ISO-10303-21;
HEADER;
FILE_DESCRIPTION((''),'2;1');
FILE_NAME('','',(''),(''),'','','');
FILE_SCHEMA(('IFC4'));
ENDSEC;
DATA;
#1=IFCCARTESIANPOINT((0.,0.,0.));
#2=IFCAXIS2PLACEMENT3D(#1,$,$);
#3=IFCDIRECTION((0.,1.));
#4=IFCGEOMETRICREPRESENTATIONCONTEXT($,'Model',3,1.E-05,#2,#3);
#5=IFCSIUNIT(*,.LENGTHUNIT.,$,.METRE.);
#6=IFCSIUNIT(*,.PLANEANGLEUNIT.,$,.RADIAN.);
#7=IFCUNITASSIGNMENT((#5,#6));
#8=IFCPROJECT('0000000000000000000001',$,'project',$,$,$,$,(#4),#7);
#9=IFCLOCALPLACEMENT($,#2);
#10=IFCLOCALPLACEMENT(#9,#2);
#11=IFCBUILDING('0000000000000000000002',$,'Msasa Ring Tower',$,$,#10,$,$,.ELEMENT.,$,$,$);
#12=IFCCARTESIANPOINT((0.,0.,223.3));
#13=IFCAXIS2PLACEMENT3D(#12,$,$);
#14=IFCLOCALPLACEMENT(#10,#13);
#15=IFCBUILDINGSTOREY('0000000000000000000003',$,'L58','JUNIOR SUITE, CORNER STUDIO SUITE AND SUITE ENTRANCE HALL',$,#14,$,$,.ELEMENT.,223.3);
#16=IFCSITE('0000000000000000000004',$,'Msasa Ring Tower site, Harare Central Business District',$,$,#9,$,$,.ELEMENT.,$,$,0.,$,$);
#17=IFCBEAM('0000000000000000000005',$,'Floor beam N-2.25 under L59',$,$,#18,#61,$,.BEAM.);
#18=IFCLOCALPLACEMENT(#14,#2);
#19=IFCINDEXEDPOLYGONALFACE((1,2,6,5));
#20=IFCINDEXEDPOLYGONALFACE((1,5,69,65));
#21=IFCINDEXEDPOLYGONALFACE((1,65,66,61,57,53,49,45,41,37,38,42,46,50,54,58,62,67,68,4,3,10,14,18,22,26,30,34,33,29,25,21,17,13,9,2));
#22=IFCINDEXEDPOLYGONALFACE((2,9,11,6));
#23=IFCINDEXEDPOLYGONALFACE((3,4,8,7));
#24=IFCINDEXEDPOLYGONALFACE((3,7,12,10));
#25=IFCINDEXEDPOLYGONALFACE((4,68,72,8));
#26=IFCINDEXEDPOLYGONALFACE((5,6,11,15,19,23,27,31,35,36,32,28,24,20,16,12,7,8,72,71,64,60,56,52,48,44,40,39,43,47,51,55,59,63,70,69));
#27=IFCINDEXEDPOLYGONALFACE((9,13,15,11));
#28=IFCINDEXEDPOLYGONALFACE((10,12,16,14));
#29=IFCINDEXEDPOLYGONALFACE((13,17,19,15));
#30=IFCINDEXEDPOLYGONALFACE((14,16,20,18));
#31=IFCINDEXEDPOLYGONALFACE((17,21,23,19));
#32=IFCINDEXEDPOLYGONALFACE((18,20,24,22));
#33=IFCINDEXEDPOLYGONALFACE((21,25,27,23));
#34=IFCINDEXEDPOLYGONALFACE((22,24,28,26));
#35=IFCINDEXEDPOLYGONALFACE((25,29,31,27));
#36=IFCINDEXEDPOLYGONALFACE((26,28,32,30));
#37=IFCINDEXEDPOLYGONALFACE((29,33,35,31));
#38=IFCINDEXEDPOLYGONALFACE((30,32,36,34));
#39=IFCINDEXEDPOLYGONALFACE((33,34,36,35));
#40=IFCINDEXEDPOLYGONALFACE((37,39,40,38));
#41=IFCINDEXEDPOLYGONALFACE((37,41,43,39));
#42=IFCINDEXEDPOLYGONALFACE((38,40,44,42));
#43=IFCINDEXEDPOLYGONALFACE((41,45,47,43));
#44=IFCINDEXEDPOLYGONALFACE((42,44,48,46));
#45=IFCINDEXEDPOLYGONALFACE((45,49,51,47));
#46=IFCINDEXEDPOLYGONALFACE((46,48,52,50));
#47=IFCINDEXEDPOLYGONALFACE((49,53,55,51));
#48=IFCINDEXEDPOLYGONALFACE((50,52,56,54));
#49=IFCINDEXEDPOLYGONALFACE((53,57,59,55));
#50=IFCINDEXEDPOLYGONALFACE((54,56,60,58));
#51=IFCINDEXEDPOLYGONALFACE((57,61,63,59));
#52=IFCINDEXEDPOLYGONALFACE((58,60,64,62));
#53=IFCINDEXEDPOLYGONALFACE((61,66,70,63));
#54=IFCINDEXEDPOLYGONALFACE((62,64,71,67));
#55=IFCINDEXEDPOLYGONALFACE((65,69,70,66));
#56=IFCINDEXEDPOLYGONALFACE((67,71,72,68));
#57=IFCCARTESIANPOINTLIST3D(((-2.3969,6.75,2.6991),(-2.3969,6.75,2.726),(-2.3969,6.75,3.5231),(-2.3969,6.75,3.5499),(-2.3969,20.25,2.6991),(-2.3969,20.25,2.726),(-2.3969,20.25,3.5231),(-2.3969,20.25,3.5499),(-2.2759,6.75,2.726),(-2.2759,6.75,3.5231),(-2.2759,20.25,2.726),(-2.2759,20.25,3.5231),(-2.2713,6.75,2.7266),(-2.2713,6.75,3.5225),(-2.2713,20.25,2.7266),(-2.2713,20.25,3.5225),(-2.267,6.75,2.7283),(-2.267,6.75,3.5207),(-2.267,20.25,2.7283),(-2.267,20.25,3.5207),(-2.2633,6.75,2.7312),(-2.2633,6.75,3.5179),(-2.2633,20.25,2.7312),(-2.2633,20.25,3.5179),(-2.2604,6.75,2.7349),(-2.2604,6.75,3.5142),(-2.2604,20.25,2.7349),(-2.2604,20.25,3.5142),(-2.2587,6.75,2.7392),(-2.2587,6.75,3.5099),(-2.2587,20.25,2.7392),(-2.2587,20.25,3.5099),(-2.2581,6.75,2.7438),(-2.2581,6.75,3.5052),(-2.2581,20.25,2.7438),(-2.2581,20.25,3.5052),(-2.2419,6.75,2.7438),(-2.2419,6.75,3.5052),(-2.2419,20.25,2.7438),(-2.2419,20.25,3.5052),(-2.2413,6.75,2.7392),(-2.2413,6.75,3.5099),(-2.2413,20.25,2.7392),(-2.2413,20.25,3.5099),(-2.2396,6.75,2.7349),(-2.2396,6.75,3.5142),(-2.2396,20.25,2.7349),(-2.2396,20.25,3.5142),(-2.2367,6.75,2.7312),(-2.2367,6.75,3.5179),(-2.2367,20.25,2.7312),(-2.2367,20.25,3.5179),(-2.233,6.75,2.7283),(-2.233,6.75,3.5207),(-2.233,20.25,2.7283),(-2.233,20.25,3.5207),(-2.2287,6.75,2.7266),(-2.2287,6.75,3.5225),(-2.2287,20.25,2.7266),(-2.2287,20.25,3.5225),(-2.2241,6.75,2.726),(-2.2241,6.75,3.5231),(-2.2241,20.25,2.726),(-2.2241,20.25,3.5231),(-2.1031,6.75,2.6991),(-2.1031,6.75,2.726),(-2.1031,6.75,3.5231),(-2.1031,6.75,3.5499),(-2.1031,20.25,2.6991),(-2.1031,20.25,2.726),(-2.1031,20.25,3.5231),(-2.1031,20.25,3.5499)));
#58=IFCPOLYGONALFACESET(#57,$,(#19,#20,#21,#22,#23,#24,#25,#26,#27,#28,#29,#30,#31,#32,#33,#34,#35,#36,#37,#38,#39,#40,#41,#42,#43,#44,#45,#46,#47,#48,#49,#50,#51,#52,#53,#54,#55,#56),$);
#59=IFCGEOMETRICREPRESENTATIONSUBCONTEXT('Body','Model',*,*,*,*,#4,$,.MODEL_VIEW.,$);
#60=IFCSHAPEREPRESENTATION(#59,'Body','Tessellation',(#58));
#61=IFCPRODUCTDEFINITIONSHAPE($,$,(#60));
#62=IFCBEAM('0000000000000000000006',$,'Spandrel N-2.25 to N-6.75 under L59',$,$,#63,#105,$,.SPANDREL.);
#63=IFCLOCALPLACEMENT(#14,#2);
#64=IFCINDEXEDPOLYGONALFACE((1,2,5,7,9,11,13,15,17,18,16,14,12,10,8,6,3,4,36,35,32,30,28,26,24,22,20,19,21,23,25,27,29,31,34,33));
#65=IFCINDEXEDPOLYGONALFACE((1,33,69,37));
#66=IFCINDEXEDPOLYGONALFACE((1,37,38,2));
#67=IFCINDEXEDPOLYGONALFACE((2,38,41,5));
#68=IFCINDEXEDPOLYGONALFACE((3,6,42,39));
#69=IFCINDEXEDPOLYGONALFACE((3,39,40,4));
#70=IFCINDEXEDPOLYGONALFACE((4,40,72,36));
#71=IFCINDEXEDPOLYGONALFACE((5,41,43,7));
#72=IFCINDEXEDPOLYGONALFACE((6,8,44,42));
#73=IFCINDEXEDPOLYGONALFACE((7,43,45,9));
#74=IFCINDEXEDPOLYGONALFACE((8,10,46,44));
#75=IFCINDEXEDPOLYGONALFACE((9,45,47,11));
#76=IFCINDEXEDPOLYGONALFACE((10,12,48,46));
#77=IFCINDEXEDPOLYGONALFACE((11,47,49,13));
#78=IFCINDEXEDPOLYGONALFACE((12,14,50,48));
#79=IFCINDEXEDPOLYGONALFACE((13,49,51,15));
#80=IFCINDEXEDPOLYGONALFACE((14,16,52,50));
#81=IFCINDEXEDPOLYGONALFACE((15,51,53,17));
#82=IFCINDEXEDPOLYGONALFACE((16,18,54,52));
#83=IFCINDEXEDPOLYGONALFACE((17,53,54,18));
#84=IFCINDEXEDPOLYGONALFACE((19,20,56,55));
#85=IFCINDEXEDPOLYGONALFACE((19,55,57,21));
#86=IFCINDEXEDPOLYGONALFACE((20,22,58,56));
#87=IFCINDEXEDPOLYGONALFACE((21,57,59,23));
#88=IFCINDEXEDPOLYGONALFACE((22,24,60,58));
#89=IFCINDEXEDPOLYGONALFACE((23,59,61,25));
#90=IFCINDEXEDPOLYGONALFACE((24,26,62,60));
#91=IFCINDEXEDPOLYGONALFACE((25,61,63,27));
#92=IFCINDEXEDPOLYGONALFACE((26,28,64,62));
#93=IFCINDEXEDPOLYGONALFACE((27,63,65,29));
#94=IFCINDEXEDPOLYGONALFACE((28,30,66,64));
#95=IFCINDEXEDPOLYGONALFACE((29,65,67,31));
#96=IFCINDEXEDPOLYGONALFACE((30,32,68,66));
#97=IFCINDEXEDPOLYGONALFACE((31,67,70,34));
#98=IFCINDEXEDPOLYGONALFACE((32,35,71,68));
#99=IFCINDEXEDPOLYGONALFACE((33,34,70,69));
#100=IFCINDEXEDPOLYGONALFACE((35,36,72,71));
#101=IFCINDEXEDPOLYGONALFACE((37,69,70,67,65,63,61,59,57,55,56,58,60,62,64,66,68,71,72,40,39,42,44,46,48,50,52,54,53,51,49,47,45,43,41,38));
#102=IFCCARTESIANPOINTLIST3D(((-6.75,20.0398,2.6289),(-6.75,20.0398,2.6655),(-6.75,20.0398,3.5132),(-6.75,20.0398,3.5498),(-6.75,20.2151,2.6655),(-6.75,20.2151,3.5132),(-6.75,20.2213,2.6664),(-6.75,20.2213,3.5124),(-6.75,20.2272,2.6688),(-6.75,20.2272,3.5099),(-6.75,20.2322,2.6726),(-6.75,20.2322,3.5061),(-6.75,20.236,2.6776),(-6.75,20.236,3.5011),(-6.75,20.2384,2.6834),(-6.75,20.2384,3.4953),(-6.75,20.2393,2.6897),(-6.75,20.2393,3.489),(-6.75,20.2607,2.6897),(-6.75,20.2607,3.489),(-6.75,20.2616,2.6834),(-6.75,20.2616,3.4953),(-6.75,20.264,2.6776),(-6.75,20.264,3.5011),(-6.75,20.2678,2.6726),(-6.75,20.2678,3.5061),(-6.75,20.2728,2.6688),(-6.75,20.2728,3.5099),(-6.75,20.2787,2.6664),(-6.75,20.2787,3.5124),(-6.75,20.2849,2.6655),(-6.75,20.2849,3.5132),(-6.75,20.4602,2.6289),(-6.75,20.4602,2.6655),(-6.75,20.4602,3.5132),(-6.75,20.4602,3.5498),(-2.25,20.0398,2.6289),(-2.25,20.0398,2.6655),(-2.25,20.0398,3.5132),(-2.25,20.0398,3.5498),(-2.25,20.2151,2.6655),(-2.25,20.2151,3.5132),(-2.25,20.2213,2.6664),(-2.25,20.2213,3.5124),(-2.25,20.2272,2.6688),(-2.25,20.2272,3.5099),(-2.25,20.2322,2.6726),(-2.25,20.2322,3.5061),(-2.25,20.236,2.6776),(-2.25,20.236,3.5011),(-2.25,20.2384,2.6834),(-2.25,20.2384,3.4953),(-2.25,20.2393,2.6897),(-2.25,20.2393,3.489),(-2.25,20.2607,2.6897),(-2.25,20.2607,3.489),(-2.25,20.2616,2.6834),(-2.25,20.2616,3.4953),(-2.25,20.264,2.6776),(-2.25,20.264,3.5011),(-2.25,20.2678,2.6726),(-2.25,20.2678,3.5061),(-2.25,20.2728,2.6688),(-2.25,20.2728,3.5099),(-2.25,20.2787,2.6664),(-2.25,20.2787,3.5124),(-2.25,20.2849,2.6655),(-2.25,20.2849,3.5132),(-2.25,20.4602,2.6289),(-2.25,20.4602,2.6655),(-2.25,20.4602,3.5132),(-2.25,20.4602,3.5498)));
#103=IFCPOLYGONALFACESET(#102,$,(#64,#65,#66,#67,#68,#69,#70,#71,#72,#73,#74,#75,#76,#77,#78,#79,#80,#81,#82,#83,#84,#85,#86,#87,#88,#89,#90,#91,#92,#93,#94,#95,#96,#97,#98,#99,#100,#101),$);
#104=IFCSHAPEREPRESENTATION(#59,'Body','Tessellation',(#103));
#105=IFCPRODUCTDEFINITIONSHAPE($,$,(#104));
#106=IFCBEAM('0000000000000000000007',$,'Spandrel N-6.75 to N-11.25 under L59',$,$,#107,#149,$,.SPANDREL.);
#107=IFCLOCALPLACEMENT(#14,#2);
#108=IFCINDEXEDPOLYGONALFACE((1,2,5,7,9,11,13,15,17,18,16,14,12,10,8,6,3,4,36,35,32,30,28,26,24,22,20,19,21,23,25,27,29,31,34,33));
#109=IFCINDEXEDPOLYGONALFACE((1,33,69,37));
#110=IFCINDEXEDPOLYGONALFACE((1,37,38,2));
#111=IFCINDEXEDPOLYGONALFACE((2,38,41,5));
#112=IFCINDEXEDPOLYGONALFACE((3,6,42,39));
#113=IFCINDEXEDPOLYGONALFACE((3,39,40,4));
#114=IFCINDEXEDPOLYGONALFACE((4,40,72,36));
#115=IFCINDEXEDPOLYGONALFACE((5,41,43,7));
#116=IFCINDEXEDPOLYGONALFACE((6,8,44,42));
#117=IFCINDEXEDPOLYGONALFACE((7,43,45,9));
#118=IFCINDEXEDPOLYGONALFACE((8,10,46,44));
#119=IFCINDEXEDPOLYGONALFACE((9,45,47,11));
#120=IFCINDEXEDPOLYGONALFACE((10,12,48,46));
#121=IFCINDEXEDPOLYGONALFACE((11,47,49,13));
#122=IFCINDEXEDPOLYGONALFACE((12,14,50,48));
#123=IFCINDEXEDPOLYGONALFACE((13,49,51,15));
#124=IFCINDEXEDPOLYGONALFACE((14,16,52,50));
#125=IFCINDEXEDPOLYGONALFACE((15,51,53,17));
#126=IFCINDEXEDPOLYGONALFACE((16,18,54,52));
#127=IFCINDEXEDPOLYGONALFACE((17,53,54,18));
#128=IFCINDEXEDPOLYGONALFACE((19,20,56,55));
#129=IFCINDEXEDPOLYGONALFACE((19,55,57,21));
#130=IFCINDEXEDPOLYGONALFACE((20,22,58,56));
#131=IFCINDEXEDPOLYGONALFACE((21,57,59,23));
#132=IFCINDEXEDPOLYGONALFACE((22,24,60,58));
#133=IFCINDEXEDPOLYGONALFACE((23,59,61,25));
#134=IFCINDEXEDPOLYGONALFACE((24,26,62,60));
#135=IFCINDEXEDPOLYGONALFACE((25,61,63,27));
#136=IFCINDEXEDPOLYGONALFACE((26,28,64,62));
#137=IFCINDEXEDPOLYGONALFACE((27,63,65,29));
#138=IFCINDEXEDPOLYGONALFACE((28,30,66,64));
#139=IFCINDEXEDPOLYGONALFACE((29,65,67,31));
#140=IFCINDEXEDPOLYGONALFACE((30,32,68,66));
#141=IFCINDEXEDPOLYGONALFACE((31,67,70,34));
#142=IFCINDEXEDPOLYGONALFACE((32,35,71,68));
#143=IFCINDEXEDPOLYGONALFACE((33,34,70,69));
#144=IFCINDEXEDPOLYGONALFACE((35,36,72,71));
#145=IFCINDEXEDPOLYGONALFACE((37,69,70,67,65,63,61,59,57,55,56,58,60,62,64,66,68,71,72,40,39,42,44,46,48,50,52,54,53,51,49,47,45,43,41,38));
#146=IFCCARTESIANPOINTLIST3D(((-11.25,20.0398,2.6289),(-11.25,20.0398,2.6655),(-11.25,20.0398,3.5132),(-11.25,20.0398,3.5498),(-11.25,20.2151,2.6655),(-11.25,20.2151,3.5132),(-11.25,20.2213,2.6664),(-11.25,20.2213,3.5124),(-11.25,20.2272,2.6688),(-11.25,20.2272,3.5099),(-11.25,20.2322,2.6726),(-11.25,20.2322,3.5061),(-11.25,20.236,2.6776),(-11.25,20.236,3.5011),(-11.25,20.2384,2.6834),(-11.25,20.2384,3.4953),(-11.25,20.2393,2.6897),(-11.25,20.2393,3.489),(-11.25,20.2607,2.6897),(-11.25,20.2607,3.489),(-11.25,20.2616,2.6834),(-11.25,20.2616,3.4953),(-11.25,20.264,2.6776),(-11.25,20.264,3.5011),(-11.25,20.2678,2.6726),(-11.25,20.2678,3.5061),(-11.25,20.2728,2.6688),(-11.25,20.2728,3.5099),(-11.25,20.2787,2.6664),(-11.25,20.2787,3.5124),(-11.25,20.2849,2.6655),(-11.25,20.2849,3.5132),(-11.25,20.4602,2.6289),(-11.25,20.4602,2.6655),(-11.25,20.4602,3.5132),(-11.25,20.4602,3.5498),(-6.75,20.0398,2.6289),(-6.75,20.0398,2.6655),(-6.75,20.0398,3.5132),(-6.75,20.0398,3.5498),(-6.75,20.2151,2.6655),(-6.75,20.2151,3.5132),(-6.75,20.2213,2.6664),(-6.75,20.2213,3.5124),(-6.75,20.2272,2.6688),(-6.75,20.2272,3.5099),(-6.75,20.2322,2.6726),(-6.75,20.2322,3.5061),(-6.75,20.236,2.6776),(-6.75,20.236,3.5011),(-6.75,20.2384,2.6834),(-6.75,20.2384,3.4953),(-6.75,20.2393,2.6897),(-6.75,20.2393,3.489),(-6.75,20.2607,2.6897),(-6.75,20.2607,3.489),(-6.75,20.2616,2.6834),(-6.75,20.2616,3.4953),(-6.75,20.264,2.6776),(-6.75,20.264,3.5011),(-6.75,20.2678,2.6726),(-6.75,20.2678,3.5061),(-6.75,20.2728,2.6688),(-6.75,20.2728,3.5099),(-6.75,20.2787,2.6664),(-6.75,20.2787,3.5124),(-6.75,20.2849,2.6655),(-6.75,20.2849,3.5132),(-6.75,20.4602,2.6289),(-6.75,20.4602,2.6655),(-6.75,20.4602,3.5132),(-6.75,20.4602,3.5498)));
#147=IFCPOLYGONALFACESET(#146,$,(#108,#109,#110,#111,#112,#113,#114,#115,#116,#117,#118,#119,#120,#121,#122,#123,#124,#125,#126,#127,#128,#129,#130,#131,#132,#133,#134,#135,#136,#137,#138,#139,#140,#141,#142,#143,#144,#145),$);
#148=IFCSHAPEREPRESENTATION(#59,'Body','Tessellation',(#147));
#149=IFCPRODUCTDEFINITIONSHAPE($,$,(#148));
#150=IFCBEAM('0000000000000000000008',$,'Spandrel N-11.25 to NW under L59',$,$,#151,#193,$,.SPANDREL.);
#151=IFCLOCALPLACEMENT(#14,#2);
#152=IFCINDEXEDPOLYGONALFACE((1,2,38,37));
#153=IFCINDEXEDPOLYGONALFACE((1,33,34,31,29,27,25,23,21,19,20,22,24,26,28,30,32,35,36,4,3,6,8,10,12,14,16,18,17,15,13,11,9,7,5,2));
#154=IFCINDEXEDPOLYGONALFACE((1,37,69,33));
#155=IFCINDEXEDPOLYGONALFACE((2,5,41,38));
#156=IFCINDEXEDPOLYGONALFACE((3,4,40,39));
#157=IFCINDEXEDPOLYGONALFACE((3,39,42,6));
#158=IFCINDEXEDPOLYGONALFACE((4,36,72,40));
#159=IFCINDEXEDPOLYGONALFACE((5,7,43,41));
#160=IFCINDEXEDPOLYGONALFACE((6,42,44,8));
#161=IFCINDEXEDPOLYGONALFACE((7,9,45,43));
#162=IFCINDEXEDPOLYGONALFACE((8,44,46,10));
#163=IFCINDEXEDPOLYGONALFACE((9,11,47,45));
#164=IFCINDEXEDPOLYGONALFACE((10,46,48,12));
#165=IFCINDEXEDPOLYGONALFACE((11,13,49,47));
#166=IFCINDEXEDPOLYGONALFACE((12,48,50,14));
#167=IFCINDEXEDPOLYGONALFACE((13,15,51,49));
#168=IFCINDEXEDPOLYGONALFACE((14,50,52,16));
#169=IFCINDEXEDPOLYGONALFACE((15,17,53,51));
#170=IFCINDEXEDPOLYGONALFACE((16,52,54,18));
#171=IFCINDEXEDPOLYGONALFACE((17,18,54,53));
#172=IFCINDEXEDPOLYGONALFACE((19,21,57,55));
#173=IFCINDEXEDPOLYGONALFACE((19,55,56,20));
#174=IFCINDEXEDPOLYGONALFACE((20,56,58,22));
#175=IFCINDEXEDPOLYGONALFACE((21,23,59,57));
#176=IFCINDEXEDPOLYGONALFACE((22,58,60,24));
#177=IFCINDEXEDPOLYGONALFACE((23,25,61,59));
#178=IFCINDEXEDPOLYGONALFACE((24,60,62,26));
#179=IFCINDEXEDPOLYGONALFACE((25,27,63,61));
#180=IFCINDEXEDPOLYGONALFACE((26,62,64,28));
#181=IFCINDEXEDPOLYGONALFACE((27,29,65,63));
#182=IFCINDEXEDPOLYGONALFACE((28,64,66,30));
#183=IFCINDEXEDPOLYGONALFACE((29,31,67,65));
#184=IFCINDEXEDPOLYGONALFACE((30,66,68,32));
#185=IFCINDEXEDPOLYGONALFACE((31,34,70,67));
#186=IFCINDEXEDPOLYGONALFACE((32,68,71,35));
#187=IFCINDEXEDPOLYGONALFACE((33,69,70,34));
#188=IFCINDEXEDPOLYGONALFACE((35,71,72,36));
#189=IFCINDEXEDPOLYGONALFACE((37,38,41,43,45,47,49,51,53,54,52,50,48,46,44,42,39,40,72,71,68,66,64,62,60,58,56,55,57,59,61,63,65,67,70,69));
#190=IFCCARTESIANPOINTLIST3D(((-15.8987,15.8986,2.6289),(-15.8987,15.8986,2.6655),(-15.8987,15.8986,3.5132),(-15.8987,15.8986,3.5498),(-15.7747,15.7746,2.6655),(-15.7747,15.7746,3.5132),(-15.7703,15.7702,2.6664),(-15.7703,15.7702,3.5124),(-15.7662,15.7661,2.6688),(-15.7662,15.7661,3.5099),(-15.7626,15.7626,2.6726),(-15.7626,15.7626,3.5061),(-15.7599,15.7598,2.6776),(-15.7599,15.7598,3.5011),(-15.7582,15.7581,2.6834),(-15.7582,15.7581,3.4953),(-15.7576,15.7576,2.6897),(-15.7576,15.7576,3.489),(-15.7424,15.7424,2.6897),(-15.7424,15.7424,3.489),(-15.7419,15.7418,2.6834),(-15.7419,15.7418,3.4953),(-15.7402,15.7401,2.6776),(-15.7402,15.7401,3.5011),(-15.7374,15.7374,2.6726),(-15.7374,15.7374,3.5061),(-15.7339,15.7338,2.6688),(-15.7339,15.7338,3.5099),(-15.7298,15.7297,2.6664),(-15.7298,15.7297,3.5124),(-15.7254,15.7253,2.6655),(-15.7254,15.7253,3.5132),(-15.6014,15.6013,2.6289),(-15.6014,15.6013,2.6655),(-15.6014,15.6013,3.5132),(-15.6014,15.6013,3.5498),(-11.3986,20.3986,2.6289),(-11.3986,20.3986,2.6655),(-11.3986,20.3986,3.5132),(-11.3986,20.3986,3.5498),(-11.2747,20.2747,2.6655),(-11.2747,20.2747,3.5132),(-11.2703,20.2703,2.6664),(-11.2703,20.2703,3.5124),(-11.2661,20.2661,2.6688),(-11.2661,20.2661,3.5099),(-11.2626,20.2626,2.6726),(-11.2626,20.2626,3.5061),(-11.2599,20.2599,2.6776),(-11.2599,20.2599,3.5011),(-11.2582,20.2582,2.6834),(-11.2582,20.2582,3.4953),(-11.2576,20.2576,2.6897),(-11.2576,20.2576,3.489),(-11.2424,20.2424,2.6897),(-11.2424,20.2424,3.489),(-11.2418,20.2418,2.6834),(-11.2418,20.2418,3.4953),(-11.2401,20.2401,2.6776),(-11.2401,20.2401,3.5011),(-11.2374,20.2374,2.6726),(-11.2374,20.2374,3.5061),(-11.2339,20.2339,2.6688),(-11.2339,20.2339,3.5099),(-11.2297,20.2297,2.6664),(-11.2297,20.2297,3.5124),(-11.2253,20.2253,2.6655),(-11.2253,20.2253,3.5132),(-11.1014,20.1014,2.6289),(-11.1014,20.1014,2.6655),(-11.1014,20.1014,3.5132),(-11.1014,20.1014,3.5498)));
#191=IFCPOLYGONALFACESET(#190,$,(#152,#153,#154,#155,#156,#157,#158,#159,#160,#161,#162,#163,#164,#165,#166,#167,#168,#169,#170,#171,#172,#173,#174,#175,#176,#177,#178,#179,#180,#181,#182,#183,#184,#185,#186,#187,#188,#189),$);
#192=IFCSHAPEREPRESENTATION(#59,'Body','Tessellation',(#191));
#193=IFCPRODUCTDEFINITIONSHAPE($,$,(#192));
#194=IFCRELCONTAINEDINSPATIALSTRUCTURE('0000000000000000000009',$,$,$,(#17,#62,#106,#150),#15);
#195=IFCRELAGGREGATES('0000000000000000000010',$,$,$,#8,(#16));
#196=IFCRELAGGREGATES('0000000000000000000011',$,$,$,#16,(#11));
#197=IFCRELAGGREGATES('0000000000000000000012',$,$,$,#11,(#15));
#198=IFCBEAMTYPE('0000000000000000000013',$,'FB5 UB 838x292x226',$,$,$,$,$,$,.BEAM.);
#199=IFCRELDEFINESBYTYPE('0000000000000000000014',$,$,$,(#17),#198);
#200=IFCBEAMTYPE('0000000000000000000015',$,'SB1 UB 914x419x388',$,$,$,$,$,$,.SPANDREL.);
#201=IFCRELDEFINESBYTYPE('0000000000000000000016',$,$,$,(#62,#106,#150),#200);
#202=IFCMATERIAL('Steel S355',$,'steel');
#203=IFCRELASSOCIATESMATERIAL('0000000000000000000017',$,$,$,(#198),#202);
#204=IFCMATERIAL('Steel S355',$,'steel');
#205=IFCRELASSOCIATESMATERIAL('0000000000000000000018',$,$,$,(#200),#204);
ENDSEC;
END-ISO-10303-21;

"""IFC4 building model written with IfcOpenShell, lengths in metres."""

from ifc_helpers import new_model, si_unit, direction, frame, origin, origin_2d, place, context, subcontext, project, spatial, i_section, extrude, material, material_profile, profile_set, type_object, element, save


model = new_model("IFC4")

# Units and contexts
model_context = context("Model", 3, precision=1e-05, world=origin(), true_north=direction((0.0, 1.0)))
body_context = subcontext(model_context, "Body", "Model", "MODEL_VIEW")
ifc_project = project(units=[si_unit("LENGTHUNIT", "METRE"), si_unit("PLANEANGLEUNIT", "RADIAN")], contexts=[model_context])

# Site, building, storey
site_placement = place(None, origin())
site = spatial("IfcSite", under=ifc_project, at=site_placement, Name="Msasa Ring Tower site, Harare Central Business District", CompositionType="ELEMENT", RefElevation=0.0)
building_placement = place(site_placement, origin())
building = spatial("IfcBuilding", under=site, at=building_placement, Name="Msasa Ring Tower", CompositionType="ELEMENT")
storey_placement = place(building_placement, frame((0.0, 0.0, 223.3)))
storey = spatial("IfcBuildingStorey", under=building, at=storey_placement, Name="L58", Description="JUNIOR SUITE, CORNER STUDIO SUITE AND SUITE ENTRANCE HALL", CompositionType="ELEMENT", Elevation=223.3)

# Beams
ifc_material_1 = material(Name="Steel S355", Category="steel")
ifc_material_profile_1 = material_profile(ifc_material_1, i_section(OverallWidth=0.2937, OverallDepth=0.8508, WebThickness=0.0161, FlangeThickness=0.0269, FilletRadius=0.0178, at=origin_2d()), Name="UB 838x292x226")
ifc_profile_set_1 = profile_set([ifc_material_profile_1], Name="Steel S355")
beam_type_1 = type_object("IfcBeamType", Name="FB5 UB 838x292x226", PredefinedType="BEAM", material=ifc_profile_set_1)
for number, where, z_axis, x_axis, name in (
    (1, (-2.25, 20.25, 3.1245), (0.0, -1.0, 0.0), (1.0, 0.0, 0.0), "Floor beam N-2.25 under L59"),
):
    element("IfcBeam", number, at=place(storey_placement, frame(where, z_axis=z_axis, x_axis=x_axis)), inside=storey, type_object=beam_type_1, Name=name, PredefinedType="BEAM", context=body_context, shape_type="SweptSolid", body=[
        extrude(i_section(OverallWidth=0.2937, OverallDepth=0.8508, WebThickness=0.0161, FlangeThickness=0.0269, FilletRadius=0.0178, at=origin_2d()), origin(), (0.0, 0.0, 1.0), 13.5),
    ])
ifc_material_2 = material(Name="Steel S355", Category="steel")
ifc_material_profile_2 = material_profile(ifc_material_2, i_section(OverallWidth=0.4204, OverallDepth=0.9209, WebThickness=0.0215, FlangeThickness=0.0366, FilletRadius=0.0242, at=origin_2d()), Name="UB 914x419x388")
ifc_profile_set_2 = profile_set([ifc_material_profile_2], Name="Steel S355")
beam_type_2 = type_object("IfcBeamType", Name="SB1 UB 914x419x388", PredefinedType="SPANDREL", material=ifc_profile_set_2)
for number, where, z_axis, x_axis, name in (
    (2, (-2.25, 20.25, 3.0894), (-1.0, 0.0, 0.0), (0.0, -1.0, 0.0), "Spandrel N-2.25 to N-6.75 under L59"),
    (3, (-6.75, 20.25, 3.0894), (-1.0, 0.0, 0.0), (0.0, -1.0, 0.0), "Spandrel N-6.75 to N-11.25 under L59"),
):
    element("IfcBeam", number, at=place(storey_placement, frame(where, z_axis=z_axis, x_axis=x_axis)), inside=storey, type_object=beam_type_2, Name=name, PredefinedType="SPANDREL", context=body_context, shape_type="SweptSolid", body=[
        extrude(i_section(OverallWidth=0.4204, OverallDepth=0.9209, WebThickness=0.0215, FlangeThickness=0.0366, FilletRadius=0.0242, at=origin_2d()), origin(), (0.0, 0.0, 1.0), 4.5),
    ])
beam_1_placement = place(storey_placement, frame((-11.25, 20.25, 3.0894), z_axis=(-0.707107, -0.707107, 0.0), x_axis=(0.707107, -0.707107, 0.0)))
element("IfcBeam", 4, at=beam_1_placement, inside=storey, type_object=beam_type_2, Name="Spandrel N-11.25 to NW under L59", PredefinedType="SPANDREL", context=body_context, shape_type="SweptSolid", body=[
    extrude(i_section(OverallWidth=0.4204, OverallDepth=0.9209, WebThickness=0.0215, FlangeThickness=0.0366, FilletRadius=0.0242, at=origin_2d()), origin(), (0.0, 0.0, 1.0), 6.364),
])

save(model, "model.ifc")
